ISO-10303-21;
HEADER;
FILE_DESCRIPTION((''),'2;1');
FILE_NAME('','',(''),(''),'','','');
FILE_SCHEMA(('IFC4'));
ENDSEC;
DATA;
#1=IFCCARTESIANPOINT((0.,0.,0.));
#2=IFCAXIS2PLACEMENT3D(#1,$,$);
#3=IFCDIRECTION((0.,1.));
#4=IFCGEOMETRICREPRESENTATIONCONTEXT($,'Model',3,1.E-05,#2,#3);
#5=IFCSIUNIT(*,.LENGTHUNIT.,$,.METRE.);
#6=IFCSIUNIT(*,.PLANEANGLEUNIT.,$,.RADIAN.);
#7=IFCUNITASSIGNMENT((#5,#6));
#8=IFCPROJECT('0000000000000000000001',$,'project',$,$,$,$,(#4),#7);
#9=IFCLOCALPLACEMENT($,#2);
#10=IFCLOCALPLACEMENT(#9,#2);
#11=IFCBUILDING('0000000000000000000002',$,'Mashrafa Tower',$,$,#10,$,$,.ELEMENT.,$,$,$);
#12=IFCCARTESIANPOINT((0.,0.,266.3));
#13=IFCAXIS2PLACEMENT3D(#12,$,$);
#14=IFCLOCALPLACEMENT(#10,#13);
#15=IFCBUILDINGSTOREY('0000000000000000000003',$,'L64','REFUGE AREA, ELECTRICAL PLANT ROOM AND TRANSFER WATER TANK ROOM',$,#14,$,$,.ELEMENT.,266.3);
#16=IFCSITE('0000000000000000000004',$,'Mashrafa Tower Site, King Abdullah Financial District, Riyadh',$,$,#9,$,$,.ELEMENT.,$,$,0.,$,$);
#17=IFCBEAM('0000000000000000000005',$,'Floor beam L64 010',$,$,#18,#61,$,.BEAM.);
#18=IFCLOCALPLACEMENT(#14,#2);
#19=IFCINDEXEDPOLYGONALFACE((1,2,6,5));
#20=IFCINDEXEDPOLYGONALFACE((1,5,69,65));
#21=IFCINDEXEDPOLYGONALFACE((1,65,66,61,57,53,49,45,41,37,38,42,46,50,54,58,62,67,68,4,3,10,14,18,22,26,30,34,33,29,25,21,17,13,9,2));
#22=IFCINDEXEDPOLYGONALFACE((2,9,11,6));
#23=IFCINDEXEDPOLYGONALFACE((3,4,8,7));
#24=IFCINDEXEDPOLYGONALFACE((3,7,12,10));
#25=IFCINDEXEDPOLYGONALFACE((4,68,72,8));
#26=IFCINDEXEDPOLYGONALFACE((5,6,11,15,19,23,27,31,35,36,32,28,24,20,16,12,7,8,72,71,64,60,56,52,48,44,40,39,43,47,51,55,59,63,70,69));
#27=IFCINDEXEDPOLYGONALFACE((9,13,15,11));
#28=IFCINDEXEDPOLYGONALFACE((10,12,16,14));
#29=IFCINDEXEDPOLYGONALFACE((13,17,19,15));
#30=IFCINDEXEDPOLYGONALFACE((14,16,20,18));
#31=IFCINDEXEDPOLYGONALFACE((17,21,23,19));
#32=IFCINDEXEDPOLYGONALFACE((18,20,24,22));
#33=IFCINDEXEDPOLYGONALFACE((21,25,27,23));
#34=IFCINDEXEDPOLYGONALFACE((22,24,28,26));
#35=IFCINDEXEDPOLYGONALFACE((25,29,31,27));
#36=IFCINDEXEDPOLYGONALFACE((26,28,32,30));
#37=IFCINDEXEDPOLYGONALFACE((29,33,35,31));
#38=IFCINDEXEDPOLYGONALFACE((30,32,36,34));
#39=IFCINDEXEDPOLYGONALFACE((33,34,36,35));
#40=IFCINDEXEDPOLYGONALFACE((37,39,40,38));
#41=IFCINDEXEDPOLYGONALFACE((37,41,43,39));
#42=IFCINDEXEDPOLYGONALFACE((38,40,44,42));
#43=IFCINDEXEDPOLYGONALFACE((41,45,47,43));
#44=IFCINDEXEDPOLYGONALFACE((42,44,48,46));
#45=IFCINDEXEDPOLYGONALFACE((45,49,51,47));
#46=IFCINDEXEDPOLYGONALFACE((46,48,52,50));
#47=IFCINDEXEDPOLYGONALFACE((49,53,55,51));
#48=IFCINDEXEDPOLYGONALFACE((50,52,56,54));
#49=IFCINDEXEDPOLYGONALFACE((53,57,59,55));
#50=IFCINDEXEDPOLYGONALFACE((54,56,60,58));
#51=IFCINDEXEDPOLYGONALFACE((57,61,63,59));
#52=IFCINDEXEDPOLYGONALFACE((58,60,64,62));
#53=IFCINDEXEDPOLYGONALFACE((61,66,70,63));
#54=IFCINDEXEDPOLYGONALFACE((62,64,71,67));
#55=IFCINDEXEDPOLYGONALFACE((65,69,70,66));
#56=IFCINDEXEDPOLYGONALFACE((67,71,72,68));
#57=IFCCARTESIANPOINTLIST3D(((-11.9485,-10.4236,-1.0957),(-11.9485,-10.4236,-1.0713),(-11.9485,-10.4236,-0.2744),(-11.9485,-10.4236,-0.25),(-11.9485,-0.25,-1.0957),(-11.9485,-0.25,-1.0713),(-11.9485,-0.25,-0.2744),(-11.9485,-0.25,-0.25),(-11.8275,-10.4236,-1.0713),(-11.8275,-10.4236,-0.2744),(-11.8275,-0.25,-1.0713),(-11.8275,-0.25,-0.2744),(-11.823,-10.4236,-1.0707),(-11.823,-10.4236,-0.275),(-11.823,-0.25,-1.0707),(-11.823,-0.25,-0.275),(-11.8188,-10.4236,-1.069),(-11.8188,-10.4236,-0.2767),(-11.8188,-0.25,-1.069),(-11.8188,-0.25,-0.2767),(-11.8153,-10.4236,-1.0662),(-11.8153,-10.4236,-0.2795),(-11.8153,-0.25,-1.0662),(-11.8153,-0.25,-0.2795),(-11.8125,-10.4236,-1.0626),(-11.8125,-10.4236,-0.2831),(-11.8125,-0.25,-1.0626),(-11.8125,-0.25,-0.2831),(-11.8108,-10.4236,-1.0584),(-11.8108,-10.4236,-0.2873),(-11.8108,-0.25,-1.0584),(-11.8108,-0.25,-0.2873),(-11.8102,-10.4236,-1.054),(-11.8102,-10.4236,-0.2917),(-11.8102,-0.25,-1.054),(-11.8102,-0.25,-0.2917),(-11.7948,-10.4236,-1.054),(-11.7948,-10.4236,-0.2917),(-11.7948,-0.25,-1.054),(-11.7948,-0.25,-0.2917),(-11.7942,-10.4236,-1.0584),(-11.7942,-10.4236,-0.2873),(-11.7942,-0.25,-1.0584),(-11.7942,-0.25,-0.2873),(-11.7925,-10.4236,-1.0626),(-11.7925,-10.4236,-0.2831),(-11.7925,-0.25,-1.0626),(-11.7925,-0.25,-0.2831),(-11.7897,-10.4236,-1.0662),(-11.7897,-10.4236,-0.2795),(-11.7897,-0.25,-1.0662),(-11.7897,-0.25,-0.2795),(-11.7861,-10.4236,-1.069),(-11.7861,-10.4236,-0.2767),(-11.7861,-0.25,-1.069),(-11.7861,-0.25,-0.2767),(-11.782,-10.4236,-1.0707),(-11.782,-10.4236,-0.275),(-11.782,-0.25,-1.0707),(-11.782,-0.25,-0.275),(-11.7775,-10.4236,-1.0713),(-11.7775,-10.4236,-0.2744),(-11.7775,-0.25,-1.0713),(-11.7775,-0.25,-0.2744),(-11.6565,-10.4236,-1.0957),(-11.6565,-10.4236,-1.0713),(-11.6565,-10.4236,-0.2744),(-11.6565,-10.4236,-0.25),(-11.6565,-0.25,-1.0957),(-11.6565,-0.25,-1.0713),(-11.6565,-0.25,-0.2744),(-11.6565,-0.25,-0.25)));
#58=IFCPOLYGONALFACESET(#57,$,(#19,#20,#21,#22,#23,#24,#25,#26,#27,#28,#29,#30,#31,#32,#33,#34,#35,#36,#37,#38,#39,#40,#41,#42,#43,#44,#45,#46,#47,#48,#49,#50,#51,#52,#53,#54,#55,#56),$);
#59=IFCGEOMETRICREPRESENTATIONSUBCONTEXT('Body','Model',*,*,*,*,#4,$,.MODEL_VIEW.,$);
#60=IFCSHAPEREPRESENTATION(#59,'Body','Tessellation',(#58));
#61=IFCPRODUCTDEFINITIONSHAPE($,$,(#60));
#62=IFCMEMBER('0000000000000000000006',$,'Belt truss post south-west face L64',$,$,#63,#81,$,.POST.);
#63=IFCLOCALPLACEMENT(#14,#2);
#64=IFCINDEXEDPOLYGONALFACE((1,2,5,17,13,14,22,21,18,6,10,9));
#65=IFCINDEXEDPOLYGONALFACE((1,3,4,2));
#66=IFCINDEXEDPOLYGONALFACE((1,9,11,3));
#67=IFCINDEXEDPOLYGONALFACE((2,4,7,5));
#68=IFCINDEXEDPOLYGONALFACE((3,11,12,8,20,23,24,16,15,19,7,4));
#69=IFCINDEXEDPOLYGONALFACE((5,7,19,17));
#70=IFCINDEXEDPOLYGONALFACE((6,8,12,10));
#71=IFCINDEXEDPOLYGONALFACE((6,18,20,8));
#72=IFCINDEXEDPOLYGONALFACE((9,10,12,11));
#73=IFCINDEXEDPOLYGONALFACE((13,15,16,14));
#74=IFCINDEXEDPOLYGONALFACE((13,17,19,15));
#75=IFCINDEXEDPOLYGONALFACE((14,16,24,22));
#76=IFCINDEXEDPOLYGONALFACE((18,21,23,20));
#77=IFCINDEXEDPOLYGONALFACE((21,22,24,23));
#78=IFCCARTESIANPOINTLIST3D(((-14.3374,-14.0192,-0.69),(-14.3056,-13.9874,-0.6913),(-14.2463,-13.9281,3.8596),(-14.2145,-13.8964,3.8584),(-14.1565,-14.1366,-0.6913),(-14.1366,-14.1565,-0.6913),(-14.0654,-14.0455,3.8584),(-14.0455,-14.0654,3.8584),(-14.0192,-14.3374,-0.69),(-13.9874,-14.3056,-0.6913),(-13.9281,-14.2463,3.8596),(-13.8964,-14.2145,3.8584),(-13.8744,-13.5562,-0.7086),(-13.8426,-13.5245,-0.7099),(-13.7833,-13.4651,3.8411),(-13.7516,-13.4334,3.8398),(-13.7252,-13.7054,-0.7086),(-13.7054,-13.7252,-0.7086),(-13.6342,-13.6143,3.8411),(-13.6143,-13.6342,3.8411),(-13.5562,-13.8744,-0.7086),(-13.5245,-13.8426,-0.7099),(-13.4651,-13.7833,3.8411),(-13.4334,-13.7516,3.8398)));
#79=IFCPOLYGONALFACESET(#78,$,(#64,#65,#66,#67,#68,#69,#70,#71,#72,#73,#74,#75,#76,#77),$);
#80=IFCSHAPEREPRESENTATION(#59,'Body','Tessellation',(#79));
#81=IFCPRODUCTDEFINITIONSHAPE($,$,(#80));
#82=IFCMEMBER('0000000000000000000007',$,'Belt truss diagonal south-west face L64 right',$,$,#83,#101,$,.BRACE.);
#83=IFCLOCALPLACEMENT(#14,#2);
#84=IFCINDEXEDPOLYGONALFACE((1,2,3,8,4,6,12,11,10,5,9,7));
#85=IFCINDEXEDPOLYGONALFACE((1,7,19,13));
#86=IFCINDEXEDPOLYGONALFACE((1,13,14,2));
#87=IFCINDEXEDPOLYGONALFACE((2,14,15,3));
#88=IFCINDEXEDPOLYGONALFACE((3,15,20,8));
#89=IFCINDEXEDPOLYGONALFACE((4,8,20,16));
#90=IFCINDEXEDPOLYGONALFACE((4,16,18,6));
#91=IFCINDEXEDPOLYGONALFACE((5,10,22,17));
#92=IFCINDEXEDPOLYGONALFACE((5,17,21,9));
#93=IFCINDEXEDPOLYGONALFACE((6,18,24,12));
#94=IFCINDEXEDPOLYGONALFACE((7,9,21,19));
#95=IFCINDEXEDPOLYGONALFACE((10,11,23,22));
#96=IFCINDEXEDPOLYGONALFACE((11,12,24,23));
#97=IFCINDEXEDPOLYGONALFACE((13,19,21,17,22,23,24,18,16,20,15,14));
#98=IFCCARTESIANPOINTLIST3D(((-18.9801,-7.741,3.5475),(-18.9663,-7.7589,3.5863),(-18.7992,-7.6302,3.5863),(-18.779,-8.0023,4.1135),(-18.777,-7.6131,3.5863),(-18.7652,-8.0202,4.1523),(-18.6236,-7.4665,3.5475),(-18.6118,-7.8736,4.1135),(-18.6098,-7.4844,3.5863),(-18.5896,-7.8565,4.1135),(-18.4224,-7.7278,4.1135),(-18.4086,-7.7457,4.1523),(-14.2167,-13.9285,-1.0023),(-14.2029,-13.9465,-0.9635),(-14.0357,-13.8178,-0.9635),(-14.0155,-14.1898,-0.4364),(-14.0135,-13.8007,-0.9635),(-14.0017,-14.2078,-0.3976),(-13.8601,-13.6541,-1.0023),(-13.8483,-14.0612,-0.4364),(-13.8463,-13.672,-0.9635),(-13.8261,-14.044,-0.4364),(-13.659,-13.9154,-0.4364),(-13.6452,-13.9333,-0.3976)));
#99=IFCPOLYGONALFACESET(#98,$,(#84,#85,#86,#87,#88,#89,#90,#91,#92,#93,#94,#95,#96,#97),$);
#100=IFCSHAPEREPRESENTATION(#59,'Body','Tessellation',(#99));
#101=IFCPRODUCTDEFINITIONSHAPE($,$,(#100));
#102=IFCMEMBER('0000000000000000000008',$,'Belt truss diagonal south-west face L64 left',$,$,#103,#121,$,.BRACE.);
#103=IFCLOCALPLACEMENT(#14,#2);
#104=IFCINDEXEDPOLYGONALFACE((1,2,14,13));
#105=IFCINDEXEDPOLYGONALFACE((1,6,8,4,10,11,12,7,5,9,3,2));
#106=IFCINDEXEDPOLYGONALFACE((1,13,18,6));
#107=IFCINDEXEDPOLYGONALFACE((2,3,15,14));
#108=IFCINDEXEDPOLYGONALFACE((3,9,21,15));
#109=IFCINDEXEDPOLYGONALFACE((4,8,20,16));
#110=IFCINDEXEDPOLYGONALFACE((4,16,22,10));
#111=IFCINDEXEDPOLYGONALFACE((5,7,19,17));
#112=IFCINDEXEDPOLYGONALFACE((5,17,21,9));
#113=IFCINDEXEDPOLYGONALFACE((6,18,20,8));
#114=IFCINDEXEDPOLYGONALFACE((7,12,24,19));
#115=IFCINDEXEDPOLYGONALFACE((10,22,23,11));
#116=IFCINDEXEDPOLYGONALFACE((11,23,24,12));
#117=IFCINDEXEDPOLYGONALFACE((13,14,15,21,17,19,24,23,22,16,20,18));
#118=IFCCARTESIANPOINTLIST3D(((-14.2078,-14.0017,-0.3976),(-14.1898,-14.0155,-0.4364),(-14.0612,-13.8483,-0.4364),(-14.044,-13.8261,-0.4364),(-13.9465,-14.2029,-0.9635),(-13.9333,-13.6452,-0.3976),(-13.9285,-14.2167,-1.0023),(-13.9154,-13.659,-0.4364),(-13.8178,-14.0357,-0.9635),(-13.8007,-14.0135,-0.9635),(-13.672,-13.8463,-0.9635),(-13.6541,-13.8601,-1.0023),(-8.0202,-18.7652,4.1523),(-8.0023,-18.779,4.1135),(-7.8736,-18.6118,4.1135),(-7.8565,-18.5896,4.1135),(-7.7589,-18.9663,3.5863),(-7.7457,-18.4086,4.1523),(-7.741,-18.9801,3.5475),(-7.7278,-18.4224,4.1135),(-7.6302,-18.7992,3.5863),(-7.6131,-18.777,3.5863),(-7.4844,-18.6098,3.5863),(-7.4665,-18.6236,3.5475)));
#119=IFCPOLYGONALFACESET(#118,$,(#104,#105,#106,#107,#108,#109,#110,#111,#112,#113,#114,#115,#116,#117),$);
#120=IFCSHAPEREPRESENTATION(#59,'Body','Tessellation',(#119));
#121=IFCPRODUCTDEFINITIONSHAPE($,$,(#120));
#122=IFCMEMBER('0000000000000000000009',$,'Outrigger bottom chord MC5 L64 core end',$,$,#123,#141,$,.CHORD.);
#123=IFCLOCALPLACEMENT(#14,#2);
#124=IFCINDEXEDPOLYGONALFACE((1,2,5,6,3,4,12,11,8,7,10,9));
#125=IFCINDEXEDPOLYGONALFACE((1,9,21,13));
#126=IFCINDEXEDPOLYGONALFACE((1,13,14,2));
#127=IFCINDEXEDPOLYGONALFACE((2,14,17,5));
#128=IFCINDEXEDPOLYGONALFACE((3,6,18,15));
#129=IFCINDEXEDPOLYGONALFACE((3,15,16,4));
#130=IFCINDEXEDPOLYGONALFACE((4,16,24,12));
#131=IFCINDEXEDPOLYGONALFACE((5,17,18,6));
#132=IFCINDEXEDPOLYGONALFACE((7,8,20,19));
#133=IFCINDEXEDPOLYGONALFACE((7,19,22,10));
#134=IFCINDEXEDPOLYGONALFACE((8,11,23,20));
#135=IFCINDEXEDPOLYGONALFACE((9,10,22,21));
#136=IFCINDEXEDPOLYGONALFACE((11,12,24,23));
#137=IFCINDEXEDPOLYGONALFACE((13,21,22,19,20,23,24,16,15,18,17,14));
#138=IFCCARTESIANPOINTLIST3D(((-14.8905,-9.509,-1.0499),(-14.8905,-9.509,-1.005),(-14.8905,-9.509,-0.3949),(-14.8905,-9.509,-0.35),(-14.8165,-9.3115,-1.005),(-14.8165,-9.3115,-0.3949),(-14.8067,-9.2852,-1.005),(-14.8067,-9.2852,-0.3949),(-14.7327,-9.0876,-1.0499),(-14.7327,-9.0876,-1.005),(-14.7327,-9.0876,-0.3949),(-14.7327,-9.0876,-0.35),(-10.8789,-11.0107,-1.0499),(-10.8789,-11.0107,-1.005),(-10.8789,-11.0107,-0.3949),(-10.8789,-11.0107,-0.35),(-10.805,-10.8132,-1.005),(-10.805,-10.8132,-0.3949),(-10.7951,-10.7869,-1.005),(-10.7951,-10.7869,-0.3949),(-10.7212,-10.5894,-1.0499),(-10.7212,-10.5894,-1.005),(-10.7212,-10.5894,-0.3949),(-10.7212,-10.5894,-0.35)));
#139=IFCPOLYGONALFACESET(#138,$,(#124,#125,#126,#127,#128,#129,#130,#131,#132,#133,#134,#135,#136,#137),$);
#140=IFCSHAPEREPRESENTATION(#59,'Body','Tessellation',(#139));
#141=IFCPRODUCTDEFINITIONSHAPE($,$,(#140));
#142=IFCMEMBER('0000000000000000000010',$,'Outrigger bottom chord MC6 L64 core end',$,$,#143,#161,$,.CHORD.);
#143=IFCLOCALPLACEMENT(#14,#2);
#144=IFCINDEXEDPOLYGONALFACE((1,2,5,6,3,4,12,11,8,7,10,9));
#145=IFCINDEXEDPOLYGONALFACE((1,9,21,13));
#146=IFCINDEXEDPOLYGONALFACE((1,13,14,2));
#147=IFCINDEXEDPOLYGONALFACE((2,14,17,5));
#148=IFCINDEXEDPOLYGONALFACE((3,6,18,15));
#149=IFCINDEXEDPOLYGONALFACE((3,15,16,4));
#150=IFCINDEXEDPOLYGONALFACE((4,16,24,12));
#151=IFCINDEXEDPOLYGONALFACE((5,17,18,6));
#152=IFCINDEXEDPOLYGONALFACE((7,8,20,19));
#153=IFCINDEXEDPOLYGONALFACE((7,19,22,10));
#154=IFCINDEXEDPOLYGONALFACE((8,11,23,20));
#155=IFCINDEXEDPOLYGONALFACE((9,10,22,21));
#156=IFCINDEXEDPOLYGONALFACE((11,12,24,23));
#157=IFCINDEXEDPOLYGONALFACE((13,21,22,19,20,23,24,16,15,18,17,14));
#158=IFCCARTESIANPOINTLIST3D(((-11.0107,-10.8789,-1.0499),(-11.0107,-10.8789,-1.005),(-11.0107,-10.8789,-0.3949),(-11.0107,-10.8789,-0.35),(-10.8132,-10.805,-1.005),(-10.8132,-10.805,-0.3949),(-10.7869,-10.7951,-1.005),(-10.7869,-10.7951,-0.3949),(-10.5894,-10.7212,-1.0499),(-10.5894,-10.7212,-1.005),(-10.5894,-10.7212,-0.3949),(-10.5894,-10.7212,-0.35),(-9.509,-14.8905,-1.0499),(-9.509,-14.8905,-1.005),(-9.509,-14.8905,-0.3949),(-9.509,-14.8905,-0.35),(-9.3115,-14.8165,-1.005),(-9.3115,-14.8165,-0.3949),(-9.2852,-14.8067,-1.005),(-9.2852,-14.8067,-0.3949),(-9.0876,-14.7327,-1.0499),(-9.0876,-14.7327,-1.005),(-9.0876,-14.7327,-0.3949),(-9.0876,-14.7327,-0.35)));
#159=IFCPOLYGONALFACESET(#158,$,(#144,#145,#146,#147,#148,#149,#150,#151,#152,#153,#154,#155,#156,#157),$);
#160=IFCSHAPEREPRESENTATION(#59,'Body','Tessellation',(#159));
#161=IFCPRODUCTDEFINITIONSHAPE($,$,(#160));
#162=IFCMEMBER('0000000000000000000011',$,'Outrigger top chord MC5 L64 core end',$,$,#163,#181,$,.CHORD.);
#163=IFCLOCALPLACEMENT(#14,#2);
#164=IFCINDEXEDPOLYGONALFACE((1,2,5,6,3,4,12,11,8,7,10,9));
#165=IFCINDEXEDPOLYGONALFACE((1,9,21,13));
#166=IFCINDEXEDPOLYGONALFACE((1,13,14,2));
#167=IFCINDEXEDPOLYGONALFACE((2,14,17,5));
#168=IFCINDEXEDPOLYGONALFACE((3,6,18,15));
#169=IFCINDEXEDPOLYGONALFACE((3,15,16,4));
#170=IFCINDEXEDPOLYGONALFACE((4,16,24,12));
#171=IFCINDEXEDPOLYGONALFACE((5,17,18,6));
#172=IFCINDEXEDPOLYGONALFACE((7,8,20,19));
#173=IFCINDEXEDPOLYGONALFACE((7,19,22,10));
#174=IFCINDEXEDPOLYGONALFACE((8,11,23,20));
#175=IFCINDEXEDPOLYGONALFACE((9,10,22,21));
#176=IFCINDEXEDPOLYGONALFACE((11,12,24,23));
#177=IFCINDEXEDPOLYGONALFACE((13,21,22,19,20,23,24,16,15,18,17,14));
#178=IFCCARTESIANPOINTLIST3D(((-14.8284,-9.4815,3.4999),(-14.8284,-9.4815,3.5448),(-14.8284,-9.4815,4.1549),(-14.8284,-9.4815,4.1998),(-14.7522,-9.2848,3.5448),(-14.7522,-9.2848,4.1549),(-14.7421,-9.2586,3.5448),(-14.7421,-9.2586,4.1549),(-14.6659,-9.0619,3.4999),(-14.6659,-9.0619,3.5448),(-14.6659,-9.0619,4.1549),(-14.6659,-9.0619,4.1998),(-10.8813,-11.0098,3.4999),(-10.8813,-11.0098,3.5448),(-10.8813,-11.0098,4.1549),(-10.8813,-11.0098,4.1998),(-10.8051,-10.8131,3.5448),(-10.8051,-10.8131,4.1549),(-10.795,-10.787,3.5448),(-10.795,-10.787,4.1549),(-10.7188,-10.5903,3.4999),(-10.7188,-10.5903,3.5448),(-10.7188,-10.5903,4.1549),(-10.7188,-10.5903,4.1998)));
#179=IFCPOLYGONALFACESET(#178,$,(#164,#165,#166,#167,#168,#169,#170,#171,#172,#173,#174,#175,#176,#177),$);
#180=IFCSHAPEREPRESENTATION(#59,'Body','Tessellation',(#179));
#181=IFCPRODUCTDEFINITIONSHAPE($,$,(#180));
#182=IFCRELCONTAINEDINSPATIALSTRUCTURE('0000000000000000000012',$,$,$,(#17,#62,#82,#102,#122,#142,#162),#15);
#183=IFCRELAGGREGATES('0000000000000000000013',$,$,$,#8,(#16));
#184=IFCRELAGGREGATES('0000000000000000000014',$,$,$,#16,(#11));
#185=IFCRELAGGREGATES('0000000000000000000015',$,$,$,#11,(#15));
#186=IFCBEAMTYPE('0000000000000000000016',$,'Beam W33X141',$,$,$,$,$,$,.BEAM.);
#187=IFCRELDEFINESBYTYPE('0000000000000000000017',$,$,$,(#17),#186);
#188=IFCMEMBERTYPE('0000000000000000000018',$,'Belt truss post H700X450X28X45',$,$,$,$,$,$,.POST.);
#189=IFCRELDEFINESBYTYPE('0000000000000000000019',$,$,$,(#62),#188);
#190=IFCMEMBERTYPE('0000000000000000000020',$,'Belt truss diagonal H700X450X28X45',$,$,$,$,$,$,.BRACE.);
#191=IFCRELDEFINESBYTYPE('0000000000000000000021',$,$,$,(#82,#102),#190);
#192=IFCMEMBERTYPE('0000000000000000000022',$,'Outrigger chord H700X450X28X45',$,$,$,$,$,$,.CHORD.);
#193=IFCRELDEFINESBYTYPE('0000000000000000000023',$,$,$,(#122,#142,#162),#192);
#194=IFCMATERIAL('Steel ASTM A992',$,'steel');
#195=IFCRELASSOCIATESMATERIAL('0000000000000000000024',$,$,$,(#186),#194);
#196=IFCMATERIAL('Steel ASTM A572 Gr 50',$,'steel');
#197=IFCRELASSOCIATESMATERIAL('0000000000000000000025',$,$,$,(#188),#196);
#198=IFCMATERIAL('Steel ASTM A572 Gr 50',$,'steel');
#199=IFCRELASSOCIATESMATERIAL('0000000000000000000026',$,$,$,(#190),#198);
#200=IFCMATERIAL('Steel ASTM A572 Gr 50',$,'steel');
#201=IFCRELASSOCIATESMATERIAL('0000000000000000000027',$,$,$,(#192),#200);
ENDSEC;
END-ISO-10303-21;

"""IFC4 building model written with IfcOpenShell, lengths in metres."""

from ifc_helpers import new_model, si_unit, direction, frame, origin, origin_2d, place, context, subcontext, project, spatial, i_section, extrude, source, transform, mapped, material, material_profile, profile_set, type_object, type_shapes, element, save


model = new_model("IFC4")

# Units and contexts
model_context = context("Model", 3, precision=1e-05, world=origin(), true_north=direction((0.0, 1.0)))
body_context = subcontext(model_context, "Body", "Model", "MODEL_VIEW")
ifc_project = project(units=[si_unit("LENGTHUNIT", "METRE"), si_unit("PLANEANGLEUNIT", "RADIAN")], contexts=[model_context])

# Site, building, storey
site_placement = place(None, origin())
site = spatial("IfcSite", under=ifc_project, at=site_placement, Name="Mashrafa Tower Site, King Abdullah Financial District, Riyadh", CompositionType="ELEMENT", RefElevation=0.0)
building_placement = place(site_placement, origin())
building = spatial("IfcBuilding", under=site, at=building_placement, Name="Mashrafa Tower", CompositionType="ELEMENT")
storey_placement = place(building_placement, frame((0.0, 0.0, 266.3)))
storey = spatial("IfcBuildingStorey", under=building, at=storey_placement, Name="L64", Description="REFUGE AREA, ELECTRICAL PLANT ROOM AND TRANSFER WATER TANK ROOM", CompositionType="ELEMENT", Elevation=266.3)

# Beam
ifc_material_1 = material(Name="Steel ASTM A992", Category="steel")
ifc_material_profile_1 = material_profile(ifc_material_1, i_section(OverallWidth=0.292, OverallDepth=0.8457, WebThickness=0.0154, FlangeThickness=0.0244, FilletRadius=0.0173, at=origin_2d()), Name="W33X141")
ifc_profile_set_1 = profile_set([ifc_material_profile_1], Name="Steel ASTM A992")
beam_type_1 = type_object("IfcBeamType", Name="Beam W33X141", PredefinedType="BEAM", material=ifc_profile_set_1)
beam_1_placement = place(storey_placement, frame((-11.8025, -10.4236, -0.6729), z_axis=(0.0, 1.0, 0.0), x_axis=(-1.0, 0.0, 0.0)))
element("IfcBeam", 1, at=beam_1_placement, inside=storey, type_object=beam_type_1, Name="Floor beam L64 010", PredefinedType="BEAM", context=body_context, shape_type="SweptSolid", body=[
    extrude(i_section(OverallWidth=0.292, OverallDepth=0.8457, WebThickness=0.0154, FlangeThickness=0.0244, FilletRadius=0.0173, at=origin_2d()), origin(), (0.0, 0.0, 1.0), 10.1736),
])

# Members
ifc_material_2 = material(Name="Steel ASTM A572 Gr 50", Category="steel")
ifc_material_profile_2 = material_profile(ifc_material_2, i_section(OverallWidth=0.45, OverallDepth=0.7, WebThickness=0.0281, FlangeThickness=0.0449, at=origin_2d()), Name="H700X450X28X45")
ifc_profile_set_2 = profile_set([ifc_material_profile_2], Name="Steel ASTM A572 Gr 50")
member_type_1 = type_object("IfcMemberType", Name="Belt truss post H700X450X28X45", PredefinedType="POST", material=ifc_profile_set_2)
shared_shape_1 = source(origin(), body_context, "Body", "SweptSolid", [
    extrude(i_section(OverallWidth=0.45, OverallDepth=0.7, WebThickness=0.0281, FlangeThickness=0.0449, at=origin_2d()), origin(), (0.0, 0.0, 1.0), 4.5515),
])
type_shapes(member_type_1, [shared_shape_1])
member_placement = place(storey_placement, frame((-13.9309, -13.9309, -0.7), z_axis=(0.020007, 0.020007, 0.9996), x_axis=(-0.707107, 0.707107, 0.0)))
element("IfcMember", 2, at=member_placement, inside=storey, type_object=member_type_1, Name="Belt truss post south-west face L64", PredefinedType="POST", context=body_context, shape_type="MappedRepresentation", body=[
    mapped(shared_shape_1, transform((0.0, 0.0, 0.0))),
])
ifc_material_3 = material(Name="Steel ASTM A572 Gr 50", Category="steel")
ifc_material_profile_3 = material_profile(ifc_material_3, i_section(OverallWidth=0.45, OverallDepth=0.7, WebThickness=0.0281, FlangeThickness=0.0449, at=origin_2d()), Name="H700X450X28X45")
ifc_profile_set_3 = profile_set([ifc_material_profile_3], Name="Steel ASTM A572 Gr 50")
member_type_2 = type_object("IfcMemberType", Name="Belt truss diagonal H700X450X28X45", PredefinedType="BRACE", material=ifc_profile_set_3)
shared_shape_2 = source(origin(), body_context, "Body", "SweptSolid", [
    extrude(i_section(OverallWidth=0.45, OverallDepth=0.7, WebThickness=0.0281, FlangeThickness=0.0449, at=origin_2d()), origin(), (0.0, 0.0, 1.0), 9.0376),
])
type_shapes(member_type_2, [shared_shape_2])
for number, where, z_axis, x_axis, name in (
    (3, (-13.9309, -13.9309, -0.7), (-0.527075, 0.684648, 0.503437), (-0.792388, -0.610017, 0.0), "Belt truss diagonal south-west face L64 right"),
    (4, (-13.9309, -13.9309, -0.7), (0.684648, -0.527075, 0.503437), (0.610017, 0.792388, 0.0), "Belt truss diagonal south-west face L64 left"),
):
    element("IfcMember", number, at=place(storey_placement, frame(where, z_axis=z_axis, x_axis=x_axis)), inside=storey, type_object=member_type_2, Name=name, PredefinedType="BRACE", context=body_context, shape_type="MappedRepresentation", body=[
        mapped(shared_shape_2, transform((0.0, 0.0, 0.0))),
    ])
ifc_material_4 = material(Name="Steel ASTM A572 Gr 50", Category="steel")
ifc_material_profile_4 = material_profile(ifc_material_4, i_section(OverallWidth=0.45, OverallDepth=0.7, WebThickness=0.0281, FlangeThickness=0.0449, at=origin_2d()), Name="H700X450X28X45")
ifc_profile_set_4 = profile_set([ifc_material_profile_4], Name="Steel ASTM A572 Gr 50")
member_type_3 = type_object("IfcMemberType", Name="Outrigger chord H700X450X28X45", PredefinedType="CHORD", material=ifc_profile_set_4)
shared_shape_3 = source(origin(), body_context, "Body", "SweptSolid", [
    extrude(i_section(OverallWidth=0.45, OverallDepth=0.7, WebThickness=0.0281, FlangeThickness=0.0449, at=origin_2d()), origin(), (0.0, 0.0, 1.0), 4.2834),
])
for number, where, z_axis, x_axis, name in (
    (5, (-10.8, -10.8, -0.7), (-0.936528, 0.350592, 0.0), (-0.350592, -0.936528, 0.0), "Outrigger bottom chord MC5 L64 core end"),
    (6, (-10.8, -10.8, -0.7), (0.350592, -0.936528, 0.0), (0.936528, 0.350592, 0.0), "Outrigger bottom chord MC6 L64 core end"),
):
    element("IfcMember", number, at=place(storey_placement, frame(where, z_axis=z_axis, x_axis=x_axis)), inside=storey, type_object=member_type_3, Name=name, PredefinedType="CHORD", context=body_context, shape_type="MappedRepresentation", body=[
        mapped(shared_shape_3, transform((0.0, 0.0, 0.0))),
    ])
shared_shape_4 = source(origin(), body_context, "Body", "SweptSolid", [
    extrude(i_section(OverallWidth=0.45, OverallDepth=0.7, WebThickness=0.0281, FlangeThickness=0.0449, at=origin_2d()), origin(), (0.0, 0.0, 1.0), 4.2327),
])
type_shapes(member_type_3, [shared_shape_3, shared_shape_4])
for number, where, z_axis, x_axis, name in (
    (7, (-10.8, -10.8, 3.8499), (-0.932533, 0.361085, 0.0), (-0.361085, -0.932533, 0.0), "Outrigger top chord MC5 L64 core end"),
):
    element("IfcMember", number, at=place(storey_placement, frame(where, z_axis=z_axis, x_axis=x_axis)), inside=storey, type_object=member_type_3, Name=name, PredefinedType="CHORD", context=body_context, shape_type="MappedRepresentation", body=[
        mapped(shared_shape_4, transform((0.0, 0.0, 0.0))),
    ])

save(model, "model.ifc")
